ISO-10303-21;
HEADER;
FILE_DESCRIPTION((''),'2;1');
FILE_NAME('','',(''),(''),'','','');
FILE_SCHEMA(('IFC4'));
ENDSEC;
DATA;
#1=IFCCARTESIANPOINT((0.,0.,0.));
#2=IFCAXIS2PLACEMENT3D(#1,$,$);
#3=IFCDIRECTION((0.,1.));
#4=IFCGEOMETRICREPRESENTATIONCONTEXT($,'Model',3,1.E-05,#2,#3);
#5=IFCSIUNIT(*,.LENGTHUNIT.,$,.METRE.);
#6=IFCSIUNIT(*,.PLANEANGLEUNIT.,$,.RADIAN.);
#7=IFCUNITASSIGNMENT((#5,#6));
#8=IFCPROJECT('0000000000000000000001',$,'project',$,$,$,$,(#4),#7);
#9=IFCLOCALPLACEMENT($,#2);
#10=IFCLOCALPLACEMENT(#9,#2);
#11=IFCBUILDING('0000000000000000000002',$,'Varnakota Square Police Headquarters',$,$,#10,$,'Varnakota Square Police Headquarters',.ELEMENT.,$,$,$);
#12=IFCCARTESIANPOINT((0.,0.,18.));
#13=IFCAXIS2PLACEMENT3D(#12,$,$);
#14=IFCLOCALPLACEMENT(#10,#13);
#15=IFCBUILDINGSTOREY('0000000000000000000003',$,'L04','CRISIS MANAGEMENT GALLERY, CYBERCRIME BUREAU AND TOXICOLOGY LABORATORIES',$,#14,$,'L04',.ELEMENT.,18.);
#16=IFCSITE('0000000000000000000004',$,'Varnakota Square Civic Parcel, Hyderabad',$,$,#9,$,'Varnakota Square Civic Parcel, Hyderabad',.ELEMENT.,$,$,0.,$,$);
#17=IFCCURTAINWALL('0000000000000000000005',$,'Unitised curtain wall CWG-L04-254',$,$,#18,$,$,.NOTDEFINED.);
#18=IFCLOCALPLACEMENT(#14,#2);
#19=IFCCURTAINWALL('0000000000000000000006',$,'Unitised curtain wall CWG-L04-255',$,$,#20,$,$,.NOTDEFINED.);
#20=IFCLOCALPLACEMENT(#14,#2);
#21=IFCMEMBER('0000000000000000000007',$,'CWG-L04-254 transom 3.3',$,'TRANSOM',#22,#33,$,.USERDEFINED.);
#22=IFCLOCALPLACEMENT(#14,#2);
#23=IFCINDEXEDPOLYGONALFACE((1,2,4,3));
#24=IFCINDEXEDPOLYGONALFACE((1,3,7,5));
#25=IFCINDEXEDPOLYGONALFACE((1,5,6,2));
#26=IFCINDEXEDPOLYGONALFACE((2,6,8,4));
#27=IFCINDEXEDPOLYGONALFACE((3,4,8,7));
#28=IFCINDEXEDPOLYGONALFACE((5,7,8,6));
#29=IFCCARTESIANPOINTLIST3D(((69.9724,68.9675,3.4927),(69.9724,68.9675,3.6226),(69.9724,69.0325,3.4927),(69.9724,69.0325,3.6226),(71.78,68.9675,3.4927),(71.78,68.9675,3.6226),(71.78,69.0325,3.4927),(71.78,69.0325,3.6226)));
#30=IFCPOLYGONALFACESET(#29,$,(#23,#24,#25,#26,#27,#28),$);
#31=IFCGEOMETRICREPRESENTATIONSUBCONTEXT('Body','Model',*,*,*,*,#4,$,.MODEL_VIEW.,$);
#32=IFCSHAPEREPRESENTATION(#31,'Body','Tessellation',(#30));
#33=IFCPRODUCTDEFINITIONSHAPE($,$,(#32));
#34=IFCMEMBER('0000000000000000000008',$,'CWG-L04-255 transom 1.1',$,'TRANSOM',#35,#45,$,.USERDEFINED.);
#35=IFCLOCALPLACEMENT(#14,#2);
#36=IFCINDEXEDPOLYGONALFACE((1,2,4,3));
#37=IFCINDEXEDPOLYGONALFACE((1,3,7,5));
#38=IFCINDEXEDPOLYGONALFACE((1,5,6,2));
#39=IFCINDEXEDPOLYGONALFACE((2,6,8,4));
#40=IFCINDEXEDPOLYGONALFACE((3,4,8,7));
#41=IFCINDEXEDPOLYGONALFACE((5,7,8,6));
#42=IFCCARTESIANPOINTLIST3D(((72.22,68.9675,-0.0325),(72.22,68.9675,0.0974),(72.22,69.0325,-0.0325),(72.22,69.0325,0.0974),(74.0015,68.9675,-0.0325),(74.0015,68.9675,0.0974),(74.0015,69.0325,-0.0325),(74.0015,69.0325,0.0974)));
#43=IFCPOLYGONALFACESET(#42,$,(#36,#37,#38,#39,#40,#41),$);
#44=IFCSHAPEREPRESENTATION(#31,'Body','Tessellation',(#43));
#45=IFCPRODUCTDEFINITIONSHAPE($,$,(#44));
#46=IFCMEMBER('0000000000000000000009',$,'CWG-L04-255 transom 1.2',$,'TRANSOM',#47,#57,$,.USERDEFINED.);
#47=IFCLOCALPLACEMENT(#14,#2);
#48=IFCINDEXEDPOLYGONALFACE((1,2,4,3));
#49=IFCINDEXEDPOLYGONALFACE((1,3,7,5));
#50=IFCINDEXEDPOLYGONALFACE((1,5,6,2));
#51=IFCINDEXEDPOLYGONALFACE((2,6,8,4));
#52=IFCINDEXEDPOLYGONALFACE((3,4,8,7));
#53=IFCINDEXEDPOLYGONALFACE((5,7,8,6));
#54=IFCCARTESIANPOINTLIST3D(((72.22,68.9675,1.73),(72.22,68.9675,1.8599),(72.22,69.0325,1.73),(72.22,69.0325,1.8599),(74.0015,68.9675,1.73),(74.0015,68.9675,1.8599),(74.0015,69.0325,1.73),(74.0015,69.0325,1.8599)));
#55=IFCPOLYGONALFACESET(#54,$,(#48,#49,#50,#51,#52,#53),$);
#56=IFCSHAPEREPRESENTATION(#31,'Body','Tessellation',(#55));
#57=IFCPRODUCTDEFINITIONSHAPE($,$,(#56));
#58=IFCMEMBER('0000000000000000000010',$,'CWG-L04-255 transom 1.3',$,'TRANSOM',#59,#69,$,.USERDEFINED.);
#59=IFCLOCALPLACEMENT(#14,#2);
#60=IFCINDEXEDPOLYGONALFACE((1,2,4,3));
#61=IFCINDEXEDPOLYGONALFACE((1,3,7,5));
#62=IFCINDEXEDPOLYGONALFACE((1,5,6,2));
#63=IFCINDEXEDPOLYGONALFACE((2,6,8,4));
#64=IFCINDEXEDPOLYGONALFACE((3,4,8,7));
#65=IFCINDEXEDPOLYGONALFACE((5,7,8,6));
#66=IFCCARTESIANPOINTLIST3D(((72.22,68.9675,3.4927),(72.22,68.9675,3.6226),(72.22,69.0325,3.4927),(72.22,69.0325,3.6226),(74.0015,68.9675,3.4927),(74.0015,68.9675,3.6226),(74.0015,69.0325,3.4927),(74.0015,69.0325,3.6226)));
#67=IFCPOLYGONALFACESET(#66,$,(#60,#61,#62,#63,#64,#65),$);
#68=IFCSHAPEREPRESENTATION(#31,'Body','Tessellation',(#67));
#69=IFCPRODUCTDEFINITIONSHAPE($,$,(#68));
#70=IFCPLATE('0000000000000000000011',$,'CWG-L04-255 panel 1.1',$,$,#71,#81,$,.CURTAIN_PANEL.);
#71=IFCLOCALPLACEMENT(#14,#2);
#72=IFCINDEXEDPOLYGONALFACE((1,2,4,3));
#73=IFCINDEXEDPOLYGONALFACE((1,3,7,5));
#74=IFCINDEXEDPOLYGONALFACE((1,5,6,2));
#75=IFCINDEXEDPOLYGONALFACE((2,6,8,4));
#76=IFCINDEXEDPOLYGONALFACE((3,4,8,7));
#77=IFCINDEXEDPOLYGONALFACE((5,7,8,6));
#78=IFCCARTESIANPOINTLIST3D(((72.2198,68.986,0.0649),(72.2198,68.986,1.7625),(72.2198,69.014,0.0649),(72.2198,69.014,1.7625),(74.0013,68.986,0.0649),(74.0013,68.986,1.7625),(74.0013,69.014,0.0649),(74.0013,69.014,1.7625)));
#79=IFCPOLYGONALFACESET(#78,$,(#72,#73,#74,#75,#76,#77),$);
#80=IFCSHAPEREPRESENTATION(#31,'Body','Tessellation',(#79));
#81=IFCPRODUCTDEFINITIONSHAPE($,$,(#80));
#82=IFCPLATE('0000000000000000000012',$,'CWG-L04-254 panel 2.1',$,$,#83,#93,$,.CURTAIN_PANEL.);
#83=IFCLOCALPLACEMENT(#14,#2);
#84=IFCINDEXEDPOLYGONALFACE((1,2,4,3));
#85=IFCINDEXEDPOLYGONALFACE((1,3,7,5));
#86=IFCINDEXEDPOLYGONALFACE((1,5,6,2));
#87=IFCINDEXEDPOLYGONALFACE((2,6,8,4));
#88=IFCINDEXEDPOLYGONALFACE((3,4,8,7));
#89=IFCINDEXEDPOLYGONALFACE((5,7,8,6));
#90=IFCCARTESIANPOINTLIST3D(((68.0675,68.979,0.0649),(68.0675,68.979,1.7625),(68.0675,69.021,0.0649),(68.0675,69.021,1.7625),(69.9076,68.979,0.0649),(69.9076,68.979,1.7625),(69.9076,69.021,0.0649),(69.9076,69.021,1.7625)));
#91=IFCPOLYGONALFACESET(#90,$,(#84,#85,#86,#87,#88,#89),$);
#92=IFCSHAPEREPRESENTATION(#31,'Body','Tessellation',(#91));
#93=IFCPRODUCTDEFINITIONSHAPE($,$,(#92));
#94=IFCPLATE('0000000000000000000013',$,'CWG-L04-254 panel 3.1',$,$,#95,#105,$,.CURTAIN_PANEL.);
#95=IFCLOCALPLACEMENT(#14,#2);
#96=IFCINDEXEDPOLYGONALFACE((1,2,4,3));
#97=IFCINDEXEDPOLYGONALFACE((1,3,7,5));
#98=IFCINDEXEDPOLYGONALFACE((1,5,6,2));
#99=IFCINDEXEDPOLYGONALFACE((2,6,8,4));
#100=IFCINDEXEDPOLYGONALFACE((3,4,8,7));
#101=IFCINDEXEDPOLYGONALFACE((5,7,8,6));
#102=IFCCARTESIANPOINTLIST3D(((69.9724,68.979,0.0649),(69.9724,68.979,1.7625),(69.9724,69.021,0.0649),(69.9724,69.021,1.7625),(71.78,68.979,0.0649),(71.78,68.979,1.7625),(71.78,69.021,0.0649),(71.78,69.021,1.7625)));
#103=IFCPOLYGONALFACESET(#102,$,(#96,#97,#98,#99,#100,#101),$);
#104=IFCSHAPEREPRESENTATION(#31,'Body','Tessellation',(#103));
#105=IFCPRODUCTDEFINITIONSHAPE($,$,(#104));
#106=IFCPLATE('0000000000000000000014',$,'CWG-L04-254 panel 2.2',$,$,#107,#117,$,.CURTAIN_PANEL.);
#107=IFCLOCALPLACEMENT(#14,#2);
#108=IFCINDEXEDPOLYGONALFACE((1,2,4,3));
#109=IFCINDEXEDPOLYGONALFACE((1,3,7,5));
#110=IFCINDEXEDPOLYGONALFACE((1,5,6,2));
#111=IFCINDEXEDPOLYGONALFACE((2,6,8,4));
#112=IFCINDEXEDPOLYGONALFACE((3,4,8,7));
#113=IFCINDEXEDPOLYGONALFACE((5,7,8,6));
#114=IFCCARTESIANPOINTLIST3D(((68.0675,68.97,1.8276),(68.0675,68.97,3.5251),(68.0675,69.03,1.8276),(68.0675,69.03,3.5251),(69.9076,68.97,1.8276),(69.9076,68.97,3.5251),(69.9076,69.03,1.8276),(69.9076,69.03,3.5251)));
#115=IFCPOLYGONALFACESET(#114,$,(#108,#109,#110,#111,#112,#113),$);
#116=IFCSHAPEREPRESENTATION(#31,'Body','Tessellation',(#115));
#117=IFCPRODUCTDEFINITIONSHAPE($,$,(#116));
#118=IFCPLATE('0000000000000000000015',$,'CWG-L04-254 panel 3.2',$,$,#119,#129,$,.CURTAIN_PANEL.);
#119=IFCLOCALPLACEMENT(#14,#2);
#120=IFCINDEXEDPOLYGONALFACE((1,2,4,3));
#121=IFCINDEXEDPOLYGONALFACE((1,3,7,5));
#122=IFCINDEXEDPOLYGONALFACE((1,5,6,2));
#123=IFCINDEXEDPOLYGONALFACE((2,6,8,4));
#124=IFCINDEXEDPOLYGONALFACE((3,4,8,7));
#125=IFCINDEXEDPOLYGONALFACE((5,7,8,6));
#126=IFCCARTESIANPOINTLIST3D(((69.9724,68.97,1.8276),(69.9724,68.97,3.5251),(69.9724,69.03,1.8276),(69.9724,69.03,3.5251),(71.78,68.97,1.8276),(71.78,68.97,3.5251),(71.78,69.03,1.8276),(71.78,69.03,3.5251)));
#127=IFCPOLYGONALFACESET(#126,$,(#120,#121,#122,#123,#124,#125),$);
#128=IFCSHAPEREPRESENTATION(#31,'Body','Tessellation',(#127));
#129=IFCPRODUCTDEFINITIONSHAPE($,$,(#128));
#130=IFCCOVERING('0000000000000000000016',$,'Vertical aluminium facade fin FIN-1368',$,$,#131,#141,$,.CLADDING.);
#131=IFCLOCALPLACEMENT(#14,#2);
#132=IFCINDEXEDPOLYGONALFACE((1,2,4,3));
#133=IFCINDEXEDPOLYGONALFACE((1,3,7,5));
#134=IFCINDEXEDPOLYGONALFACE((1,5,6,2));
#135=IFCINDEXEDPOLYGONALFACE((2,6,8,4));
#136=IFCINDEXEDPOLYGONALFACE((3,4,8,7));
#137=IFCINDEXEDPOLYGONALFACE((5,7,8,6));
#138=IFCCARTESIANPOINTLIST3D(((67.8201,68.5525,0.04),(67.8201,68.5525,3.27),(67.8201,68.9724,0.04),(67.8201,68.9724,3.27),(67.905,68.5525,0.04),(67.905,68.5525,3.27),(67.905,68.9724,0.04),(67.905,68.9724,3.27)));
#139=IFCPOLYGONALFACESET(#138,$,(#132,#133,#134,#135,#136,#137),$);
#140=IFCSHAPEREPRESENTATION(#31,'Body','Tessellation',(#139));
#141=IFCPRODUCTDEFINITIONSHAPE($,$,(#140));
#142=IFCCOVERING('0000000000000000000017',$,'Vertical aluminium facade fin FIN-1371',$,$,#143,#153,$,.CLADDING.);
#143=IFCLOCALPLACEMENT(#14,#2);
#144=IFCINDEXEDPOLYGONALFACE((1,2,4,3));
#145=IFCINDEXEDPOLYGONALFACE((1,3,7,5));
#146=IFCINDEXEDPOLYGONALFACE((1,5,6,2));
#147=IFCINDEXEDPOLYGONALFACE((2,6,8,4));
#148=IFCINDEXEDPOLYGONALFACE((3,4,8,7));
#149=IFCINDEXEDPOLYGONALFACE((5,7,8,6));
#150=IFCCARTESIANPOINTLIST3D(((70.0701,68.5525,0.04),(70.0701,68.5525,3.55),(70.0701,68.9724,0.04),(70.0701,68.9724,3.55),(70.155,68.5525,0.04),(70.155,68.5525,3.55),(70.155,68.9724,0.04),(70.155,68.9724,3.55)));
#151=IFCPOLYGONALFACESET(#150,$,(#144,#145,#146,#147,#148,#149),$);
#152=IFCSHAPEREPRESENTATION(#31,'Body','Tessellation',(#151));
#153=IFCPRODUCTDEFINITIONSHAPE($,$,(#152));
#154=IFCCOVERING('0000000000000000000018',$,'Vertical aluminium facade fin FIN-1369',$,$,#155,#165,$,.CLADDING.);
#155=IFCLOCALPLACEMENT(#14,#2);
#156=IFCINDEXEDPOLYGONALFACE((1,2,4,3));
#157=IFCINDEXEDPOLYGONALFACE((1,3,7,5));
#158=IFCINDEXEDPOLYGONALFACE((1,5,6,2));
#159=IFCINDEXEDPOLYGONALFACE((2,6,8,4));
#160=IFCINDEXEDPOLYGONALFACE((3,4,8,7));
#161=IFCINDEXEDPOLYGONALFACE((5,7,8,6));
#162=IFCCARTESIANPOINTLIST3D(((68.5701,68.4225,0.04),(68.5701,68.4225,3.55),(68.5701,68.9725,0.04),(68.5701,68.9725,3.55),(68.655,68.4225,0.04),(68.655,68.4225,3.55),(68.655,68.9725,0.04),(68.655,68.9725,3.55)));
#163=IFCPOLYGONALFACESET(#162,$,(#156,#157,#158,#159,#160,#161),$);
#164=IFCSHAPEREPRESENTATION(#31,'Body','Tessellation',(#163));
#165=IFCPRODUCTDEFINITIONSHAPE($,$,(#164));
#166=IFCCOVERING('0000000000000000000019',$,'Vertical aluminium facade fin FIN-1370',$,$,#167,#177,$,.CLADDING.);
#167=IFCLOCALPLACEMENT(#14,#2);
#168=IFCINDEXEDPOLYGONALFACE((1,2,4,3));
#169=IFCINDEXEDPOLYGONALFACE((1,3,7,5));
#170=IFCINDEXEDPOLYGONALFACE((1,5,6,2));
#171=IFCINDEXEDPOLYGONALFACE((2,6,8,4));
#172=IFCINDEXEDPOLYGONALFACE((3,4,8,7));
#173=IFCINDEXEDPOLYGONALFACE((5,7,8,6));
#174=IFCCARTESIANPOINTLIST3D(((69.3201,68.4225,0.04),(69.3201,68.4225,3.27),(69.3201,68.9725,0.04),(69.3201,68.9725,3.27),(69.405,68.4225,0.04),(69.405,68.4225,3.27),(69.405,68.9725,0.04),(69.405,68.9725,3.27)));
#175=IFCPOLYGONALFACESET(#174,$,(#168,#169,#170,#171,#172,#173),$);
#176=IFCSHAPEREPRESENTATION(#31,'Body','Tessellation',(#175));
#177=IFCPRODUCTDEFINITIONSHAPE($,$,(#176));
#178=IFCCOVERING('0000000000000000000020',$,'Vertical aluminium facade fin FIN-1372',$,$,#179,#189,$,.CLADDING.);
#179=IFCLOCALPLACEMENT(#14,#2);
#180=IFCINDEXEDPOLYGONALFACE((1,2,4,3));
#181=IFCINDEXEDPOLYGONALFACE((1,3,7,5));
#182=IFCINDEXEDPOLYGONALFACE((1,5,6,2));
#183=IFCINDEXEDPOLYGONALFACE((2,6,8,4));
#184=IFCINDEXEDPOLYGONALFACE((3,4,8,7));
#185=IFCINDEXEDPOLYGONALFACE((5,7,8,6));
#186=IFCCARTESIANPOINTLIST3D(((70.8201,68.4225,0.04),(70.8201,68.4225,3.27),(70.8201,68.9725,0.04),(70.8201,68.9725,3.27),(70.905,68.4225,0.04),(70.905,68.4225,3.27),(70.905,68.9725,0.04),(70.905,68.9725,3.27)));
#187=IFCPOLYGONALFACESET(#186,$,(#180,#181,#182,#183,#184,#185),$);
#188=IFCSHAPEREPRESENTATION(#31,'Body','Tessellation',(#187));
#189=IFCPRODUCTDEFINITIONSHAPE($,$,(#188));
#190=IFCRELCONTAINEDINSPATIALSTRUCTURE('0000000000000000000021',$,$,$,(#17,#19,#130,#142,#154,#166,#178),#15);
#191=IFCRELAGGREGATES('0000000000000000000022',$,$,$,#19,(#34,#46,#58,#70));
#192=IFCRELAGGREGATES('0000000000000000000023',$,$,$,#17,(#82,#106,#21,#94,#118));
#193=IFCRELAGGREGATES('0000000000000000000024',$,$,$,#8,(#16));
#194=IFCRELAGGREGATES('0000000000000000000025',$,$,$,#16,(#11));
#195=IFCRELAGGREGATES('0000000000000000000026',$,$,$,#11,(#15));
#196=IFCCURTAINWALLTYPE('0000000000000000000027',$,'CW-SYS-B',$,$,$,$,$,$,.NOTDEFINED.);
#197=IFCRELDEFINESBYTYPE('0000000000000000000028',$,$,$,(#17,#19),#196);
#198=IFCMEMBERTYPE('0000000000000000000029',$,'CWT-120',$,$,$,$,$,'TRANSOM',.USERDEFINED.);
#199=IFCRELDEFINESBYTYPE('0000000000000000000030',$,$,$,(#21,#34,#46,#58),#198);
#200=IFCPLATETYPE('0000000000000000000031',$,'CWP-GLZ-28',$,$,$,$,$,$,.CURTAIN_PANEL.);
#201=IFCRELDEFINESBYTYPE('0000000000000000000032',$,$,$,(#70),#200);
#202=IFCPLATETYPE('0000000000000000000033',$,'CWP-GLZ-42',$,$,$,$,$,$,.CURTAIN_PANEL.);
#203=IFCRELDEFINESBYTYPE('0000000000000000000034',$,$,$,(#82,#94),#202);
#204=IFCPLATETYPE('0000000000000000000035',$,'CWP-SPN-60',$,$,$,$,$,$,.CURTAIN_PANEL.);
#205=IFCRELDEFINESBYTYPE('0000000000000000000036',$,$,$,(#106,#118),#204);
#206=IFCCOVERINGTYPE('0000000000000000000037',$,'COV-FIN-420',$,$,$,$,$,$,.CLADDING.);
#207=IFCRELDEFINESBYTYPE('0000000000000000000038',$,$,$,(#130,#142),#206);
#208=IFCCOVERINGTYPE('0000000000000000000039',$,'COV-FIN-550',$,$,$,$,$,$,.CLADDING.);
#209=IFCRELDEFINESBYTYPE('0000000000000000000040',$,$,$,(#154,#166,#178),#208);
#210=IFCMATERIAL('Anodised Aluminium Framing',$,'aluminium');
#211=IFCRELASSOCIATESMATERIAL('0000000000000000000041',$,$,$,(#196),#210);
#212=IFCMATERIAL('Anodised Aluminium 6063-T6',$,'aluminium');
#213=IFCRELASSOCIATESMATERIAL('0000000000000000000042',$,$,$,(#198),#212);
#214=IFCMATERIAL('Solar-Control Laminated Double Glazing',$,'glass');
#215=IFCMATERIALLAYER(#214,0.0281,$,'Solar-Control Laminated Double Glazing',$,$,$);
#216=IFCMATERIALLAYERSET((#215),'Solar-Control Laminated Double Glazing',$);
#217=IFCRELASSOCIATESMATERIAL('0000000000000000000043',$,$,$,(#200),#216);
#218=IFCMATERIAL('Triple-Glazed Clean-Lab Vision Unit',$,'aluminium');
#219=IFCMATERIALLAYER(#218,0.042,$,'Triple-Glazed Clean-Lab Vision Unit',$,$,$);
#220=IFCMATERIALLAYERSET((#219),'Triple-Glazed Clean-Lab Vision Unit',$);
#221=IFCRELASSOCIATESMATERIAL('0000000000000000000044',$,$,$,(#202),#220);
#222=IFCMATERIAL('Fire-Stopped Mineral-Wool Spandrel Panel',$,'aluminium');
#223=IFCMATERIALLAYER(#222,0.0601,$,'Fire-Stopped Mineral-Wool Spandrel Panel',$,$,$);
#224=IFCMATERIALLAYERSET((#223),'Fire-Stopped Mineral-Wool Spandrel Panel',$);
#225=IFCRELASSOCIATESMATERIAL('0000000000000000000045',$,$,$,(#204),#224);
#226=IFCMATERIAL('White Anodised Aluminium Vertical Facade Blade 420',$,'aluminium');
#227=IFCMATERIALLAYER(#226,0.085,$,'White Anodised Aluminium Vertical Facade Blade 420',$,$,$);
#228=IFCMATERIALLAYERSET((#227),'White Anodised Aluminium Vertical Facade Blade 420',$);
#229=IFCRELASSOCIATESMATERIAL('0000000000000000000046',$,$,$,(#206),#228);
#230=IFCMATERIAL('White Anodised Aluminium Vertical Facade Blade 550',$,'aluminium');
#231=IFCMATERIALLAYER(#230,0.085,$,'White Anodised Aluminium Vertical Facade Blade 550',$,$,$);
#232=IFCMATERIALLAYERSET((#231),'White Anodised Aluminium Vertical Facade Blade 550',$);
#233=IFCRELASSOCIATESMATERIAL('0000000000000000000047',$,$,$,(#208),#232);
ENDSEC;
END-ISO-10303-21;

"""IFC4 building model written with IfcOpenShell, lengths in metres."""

from ifc_helpers import new_model, si_unit, direction, frame, origin, origin_2d, place, context, subcontext, project, spatial, rectangle, extrude, material, layer, layer_set, material_profile, profile_set, type_object, element, aggregate, save


model = new_model("IFC4")

# Units and contexts
model_context = context("Model", 3, precision=1e-05, world=origin(), true_north=direction((0.0, 1.0)))
body_context = subcontext(model_context, "Body", "Model", "MODEL_VIEW")
ifc_project = project(units=[si_unit("LENGTHUNIT", "METRE"), si_unit("PLANEANGLEUNIT", "RADIAN")], contexts=[model_context])

# Site, building, storey
site_placement = place(None, origin())
site = spatial("IfcSite", under=ifc_project, at=site_placement, Name="Varnakota Square Civic Parcel, Hyderabad", LongName="Varnakota Square Civic Parcel, Hyderabad", CompositionType="ELEMENT", RefElevation=0.0)
building_placement = place(site_placement, origin())
building = spatial("IfcBuilding", under=site, at=building_placement, Name="Varnakota Square Police Headquarters", LongName="Varnakota Square Police Headquarters", CompositionType="ELEMENT")
storey_placement = place(building_placement, frame((0.0, 0.0, 18.0)))
storey = spatial("IfcBuildingStorey", under=building, at=storey_placement, Name="L04", Description="CRISIS MANAGEMENT GALLERY, CYBERCRIME BUREAU AND TOXICOLOGY LABORATORIES", LongName="L04", CompositionType="ELEMENT", Elevation=18.0)

# Curtain wall
ifc_material_1 = material(Name="Anodised Aluminium Framing", Category="aluminium")
curtain_wall_type = type_object("IfcCurtainWallType", Name="CW-SYS-B", PredefinedType="NOTDEFINED", material=ifc_material_1)
curtain_wall_1_placement = place(storey_placement, origin())
curtain_wall_1 = element("IfcCurtainWall", 1, at=curtain_wall_1_placement, inside=storey, type_object=curtain_wall_type, Name="Unitised curtain wall CWG-L04-254", PredefinedType="NOTDEFINED")
ifc_material_2 = material(Name="Anodised Aluminium 6063-T6", Category="aluminium")

# Curtain wall
curtain_wall_2_placement = place(storey_placement, origin())
curtain_wall_2 = element("IfcCurtainWall", 2, at=curtain_wall_2_placement, inside=storey, type_object=curtain_wall_type, Name="Unitised curtain wall CWG-L04-255", PredefinedType="NOTDEFINED")

# Members
ifc_material_profile_1 = material_profile(ifc_material_2, rectangle(XDim=0.0649, YDim=0.1299, at=origin_2d()), Name="ALU TRANSOM 65x130")
ifc_profile_set_1 = profile_set([ifc_material_profile_1], Name="Anodised Aluminium 6063-T6")
member_type_1 = type_object("IfcMemberType", Name="CWT-120", ElementType="TRANSOM", PredefinedType="USERDEFINED", material=ifc_profile_set_1)
member_1_placement = place(storey_placement, frame((69.9724, 69.0, 3.5576), z_axis=(1.0, 0.0, 0.0), x_axis=(0.0, 1.0, 0.0)))
member_1 = element("IfcMember", 3, at=member_1_placement, type_object=member_type_1, Name="CWG-L04-254 transom 3.3", ObjectType="TRANSOM", PredefinedType="USERDEFINED", context=body_context, shape_type="SweptSolid", body=[
    extrude(rectangle(XDim=0.0649, YDim=0.1299, at=origin_2d()), origin(), (0.0, 0.0, 1.0), 1.8076),
])
member_2_placement = place(storey_placement, frame((72.22, 69.0, 0.0325), z_axis=(1.0, 0.0, 0.0), x_axis=(0.0, 1.0, 0.0)))
member_2 = element("IfcMember", 4, at=member_2_placement, type_object=member_type_1, Name="CWG-L04-255 transom 1.1", ObjectType="TRANSOM", PredefinedType="USERDEFINED", context=body_context, shape_type="SweptSolid", body=[
    extrude(rectangle(XDim=0.0649, YDim=0.1299, at=origin_2d()), origin(), (0.0, 0.0, 1.0), 1.7815),
])
member_3_placement = place(storey_placement, frame((72.22, 69.0, 1.7949), z_axis=(1.0, 0.0, 0.0), x_axis=(0.0, 1.0, 0.0)))
member_3 = element("IfcMember", 5, at=member_3_placement, type_object=member_type_1, Name="CWG-L04-255 transom 1.2", ObjectType="TRANSOM", PredefinedType="USERDEFINED", context=body_context, shape_type="SweptSolid", body=[
    extrude(rectangle(XDim=0.0649, YDim=0.1299, at=origin_2d()), origin(), (0.0, 0.0, 1.0), 1.7815),
])
member_4_placement = place(storey_placement, frame((72.22, 69.0, 3.5576), z_axis=(1.0, 0.0, 0.0), x_axis=(0.0, 1.0, 0.0)))
member_4 = element("IfcMember", 6, at=member_4_placement, type_object=member_type_1, Name="CWG-L04-255 transom 1.3", ObjectType="TRANSOM", PredefinedType="USERDEFINED", context=body_context, shape_type="SweptSolid", body=[
    extrude(rectangle(XDim=0.0649, YDim=0.1299, at=origin_2d()), origin(), (0.0, 0.0, 1.0), 1.7815),
])

# Plates
ifc_material_3 = material(Name="Solar-Control Laminated Double Glazing", Category="glass")
ifc_layer_1 = layer(ifc_material_3, 0.0281, Name="Solar-Control Laminated Double Glazing")
ifc_layer_set_1 = layer_set([ifc_layer_1], Name="Solar-Control Laminated Double Glazing")
plate_type_1 = type_object("IfcPlateType", Name="CWP-GLZ-28", PredefinedType="CURTAIN_PANEL", material=ifc_layer_set_1)
plate_1_placement = place(storey_placement, frame((73.1106, 69.0, 0.0649), z_axis=(0.0, 0.0, 1.0), x_axis=(1.0, 0.0, 0.0)))
plate_1 = element("IfcPlate", 7, at=plate_1_placement, type_object=plate_type_1, Name="CWG-L04-255 panel 1.1", PredefinedType="CURTAIN_PANEL", context=body_context, shape_type="SweptSolid", body=[
    extrude(rectangle(XDim=1.7815, YDim=0.0281, at=origin_2d()), origin(), (0.0, 0.0, 1.0), 1.6975),
])
aggregate(curtain_wall_2, [member_2, member_3, member_4, plate_1])
ifc_material_4 = material(Name="Triple-Glazed Clean-Lab Vision Unit", Category="aluminium")
ifc_layer_2 = layer(ifc_material_4, 0.042, Name="Triple-Glazed Clean-Lab Vision Unit")
ifc_layer_set_2 = layer_set([ifc_layer_2], Name="Triple-Glazed Clean-Lab Vision Unit")
plate_type_2 = type_object("IfcPlateType", Name="CWP-GLZ-42", PredefinedType="CURTAIN_PANEL", material=ifc_layer_set_2)
plate_2_placement = place(storey_placement, frame((68.9875, 69.0, 0.0649), z_axis=(0.0, 0.0, 1.0), x_axis=(1.0, 0.0, 0.0)))
plate_2 = element("IfcPlate", 8, at=plate_2_placement, type_object=plate_type_2, Name="CWG-L04-254 panel 2.1", PredefinedType="CURTAIN_PANEL", context=body_context, shape_type="SweptSolid", body=[
    extrude(rectangle(XDim=1.8401, YDim=0.042, at=origin_2d()), origin(), (0.0, 0.0, 1.0), 1.6975),
])
plate_3_placement = place(storey_placement, frame((70.8762, 69.0, 0.0649), z_axis=(0.0, 0.0, 1.0), x_axis=(1.0, 0.0, 0.0)))
plate_3 = element("IfcPlate", 9, at=plate_3_placement, type_object=plate_type_2, Name="CWG-L04-254 panel 3.1", PredefinedType="CURTAIN_PANEL", context=body_context, shape_type="SweptSolid", body=[
    extrude(rectangle(XDim=1.8076, YDim=0.042, at=origin_2d()), origin(), (0.0, 0.0, 1.0), 1.6975),
])
ifc_material_5 = material(Name="Fire-Stopped Mineral-Wool Spandrel Panel", Category="aluminium")
ifc_layer_3 = layer(ifc_material_5, 0.0601, Name="Fire-Stopped Mineral-Wool Spandrel Panel")
ifc_layer_set_3 = layer_set([ifc_layer_3], Name="Fire-Stopped Mineral-Wool Spandrel Panel")
plate_type_3 = type_object("IfcPlateType", Name="CWP-SPN-60", PredefinedType="CURTAIN_PANEL", material=ifc_layer_set_3)
plate_4_placement = place(storey_placement, frame((68.9875, 69.0, 1.8276), z_axis=(0.0, 0.0, 1.0), x_axis=(1.0, 0.0, 0.0)))
plate_4 = element("IfcPlate", 10, at=plate_4_placement, type_object=plate_type_3, Name="CWG-L04-254 panel 2.2", PredefinedType="CURTAIN_PANEL", context=body_context, shape_type="SweptSolid", body=[
    extrude(rectangle(XDim=1.8401, YDim=0.0601, at=origin_2d()), origin(), (0.0, 0.0, 1.0), 1.6975),
])
plate_5_placement = place(storey_placement, frame((70.8762, 69.0, 1.8276), z_axis=(0.0, 0.0, 1.0), x_axis=(1.0, 0.0, 0.0)))
plate_5 = element("IfcPlate", 11, at=plate_5_placement, type_object=plate_type_3, Name="CWG-L04-254 panel 3.2", PredefinedType="CURTAIN_PANEL", context=body_context, shape_type="SweptSolid", body=[
    extrude(rectangle(XDim=1.8076, YDim=0.0601, at=origin_2d()), origin(), (0.0, 0.0, 1.0), 1.6975),
])
aggregate(curtain_wall_1, [plate_2, plate_4, member_1, plate_3, plate_5])

# Coverings
ifc_material_6 = material(Name="White Anodised Aluminium Vertical Facade Blade 420", Category="aluminium")
ifc_layer_4 = layer(ifc_material_6, 0.085, Name="White Anodised Aluminium Vertical Facade Blade 420")
ifc_layer_set_4 = layer_set([ifc_layer_4], Name="White Anodised Aluminium Vertical Facade Blade 420")
covering_type_1 = type_object("IfcCoveringType", Name="COV-FIN-420", PredefinedType="CLADDING", material=ifc_layer_set_4)
covering_1_placement = place(storey_placement, frame((67.8625, 68.7625, 0.04), z_axis=(0.0, 0.0, 1.0), x_axis=(1.0, 0.0, 0.0)))
element("IfcCovering", 12, at=covering_1_placement, inside=storey, type_object=covering_type_1, Name="Vertical aluminium facade fin FIN-1368", PredefinedType="CLADDING", context=body_context, shape_type="SweptSolid", body=[
    extrude(rectangle(XDim=0.085, YDim=0.4199, at=origin_2d()), origin(), (0.0, 0.0, 1.0), 3.23),
])
covering_2_placement = place(storey_placement, frame((70.1125, 68.7625, 0.04), z_axis=(0.0, 0.0, 1.0), x_axis=(1.0, 0.0, 0.0)))
element("IfcCovering", 13, at=covering_2_placement, inside=storey, type_object=covering_type_1, Name="Vertical aluminium facade fin FIN-1371", PredefinedType="CLADDING", context=body_context, shape_type="SweptSolid", body=[
    extrude(rectangle(XDim=0.085, YDim=0.4199, at=origin_2d()), origin(), (0.0, 0.0, 1.0), 3.51),
])
ifc_material_7 = material(Name="White Anodised Aluminium Vertical Facade Blade 550", Category="aluminium")
ifc_layer_5 = layer(ifc_material_7, 0.085, Name="White Anodised Aluminium Vertical Facade Blade 550")
ifc_layer_set_5 = layer_set([ifc_layer_5], Name="White Anodised Aluminium Vertical Facade Blade 550")
covering_type_2 = type_object("IfcCoveringType", Name="COV-FIN-550", PredefinedType="CLADDING", material=ifc_layer_set_5)
covering_3_placement = place(storey_placement, frame((68.6125, 68.6975, 0.04), z_axis=(0.0, 0.0, 1.0), x_axis=(1.0, 0.0, 0.0)))
element("IfcCovering", 14, at=covering_3_placement, inside=storey, type_object=covering_type_2, Name="Vertical aluminium facade fin FIN-1369", PredefinedType="CLADDING", context=body_context, shape_type="SweptSolid", body=[
    extrude(rectangle(XDim=0.085, YDim=0.55, at=origin_2d()), origin(), (0.0, 0.0, 1.0), 3.51),
])
for number, where, z_axis, x_axis, name in (
    (15, (69.3625, 68.6975, 0.04), (0.0, 0.0, 1.0), (1.0, 0.0, 0.0), "Vertical aluminium facade fin FIN-1370"),
    (16, (70.8625, 68.6975, 0.04), (0.0, 0.0, 1.0), (1.0, 0.0, 0.0), "Vertical aluminium facade fin FIN-1372"),
):
    element("IfcCovering", number, at=place(storey_placement, frame(where, z_axis=z_axis, x_axis=x_axis)), inside=storey, type_object=covering_type_2, Name=name, PredefinedType="CLADDING", context=body_context, shape_type="SweptSolid", body=[
        extrude(rectangle(XDim=0.085, YDim=0.55, at=origin_2d()), origin(), (0.0, 0.0, 1.0), 3.23),
    ])

save(model, "model.ifc")
